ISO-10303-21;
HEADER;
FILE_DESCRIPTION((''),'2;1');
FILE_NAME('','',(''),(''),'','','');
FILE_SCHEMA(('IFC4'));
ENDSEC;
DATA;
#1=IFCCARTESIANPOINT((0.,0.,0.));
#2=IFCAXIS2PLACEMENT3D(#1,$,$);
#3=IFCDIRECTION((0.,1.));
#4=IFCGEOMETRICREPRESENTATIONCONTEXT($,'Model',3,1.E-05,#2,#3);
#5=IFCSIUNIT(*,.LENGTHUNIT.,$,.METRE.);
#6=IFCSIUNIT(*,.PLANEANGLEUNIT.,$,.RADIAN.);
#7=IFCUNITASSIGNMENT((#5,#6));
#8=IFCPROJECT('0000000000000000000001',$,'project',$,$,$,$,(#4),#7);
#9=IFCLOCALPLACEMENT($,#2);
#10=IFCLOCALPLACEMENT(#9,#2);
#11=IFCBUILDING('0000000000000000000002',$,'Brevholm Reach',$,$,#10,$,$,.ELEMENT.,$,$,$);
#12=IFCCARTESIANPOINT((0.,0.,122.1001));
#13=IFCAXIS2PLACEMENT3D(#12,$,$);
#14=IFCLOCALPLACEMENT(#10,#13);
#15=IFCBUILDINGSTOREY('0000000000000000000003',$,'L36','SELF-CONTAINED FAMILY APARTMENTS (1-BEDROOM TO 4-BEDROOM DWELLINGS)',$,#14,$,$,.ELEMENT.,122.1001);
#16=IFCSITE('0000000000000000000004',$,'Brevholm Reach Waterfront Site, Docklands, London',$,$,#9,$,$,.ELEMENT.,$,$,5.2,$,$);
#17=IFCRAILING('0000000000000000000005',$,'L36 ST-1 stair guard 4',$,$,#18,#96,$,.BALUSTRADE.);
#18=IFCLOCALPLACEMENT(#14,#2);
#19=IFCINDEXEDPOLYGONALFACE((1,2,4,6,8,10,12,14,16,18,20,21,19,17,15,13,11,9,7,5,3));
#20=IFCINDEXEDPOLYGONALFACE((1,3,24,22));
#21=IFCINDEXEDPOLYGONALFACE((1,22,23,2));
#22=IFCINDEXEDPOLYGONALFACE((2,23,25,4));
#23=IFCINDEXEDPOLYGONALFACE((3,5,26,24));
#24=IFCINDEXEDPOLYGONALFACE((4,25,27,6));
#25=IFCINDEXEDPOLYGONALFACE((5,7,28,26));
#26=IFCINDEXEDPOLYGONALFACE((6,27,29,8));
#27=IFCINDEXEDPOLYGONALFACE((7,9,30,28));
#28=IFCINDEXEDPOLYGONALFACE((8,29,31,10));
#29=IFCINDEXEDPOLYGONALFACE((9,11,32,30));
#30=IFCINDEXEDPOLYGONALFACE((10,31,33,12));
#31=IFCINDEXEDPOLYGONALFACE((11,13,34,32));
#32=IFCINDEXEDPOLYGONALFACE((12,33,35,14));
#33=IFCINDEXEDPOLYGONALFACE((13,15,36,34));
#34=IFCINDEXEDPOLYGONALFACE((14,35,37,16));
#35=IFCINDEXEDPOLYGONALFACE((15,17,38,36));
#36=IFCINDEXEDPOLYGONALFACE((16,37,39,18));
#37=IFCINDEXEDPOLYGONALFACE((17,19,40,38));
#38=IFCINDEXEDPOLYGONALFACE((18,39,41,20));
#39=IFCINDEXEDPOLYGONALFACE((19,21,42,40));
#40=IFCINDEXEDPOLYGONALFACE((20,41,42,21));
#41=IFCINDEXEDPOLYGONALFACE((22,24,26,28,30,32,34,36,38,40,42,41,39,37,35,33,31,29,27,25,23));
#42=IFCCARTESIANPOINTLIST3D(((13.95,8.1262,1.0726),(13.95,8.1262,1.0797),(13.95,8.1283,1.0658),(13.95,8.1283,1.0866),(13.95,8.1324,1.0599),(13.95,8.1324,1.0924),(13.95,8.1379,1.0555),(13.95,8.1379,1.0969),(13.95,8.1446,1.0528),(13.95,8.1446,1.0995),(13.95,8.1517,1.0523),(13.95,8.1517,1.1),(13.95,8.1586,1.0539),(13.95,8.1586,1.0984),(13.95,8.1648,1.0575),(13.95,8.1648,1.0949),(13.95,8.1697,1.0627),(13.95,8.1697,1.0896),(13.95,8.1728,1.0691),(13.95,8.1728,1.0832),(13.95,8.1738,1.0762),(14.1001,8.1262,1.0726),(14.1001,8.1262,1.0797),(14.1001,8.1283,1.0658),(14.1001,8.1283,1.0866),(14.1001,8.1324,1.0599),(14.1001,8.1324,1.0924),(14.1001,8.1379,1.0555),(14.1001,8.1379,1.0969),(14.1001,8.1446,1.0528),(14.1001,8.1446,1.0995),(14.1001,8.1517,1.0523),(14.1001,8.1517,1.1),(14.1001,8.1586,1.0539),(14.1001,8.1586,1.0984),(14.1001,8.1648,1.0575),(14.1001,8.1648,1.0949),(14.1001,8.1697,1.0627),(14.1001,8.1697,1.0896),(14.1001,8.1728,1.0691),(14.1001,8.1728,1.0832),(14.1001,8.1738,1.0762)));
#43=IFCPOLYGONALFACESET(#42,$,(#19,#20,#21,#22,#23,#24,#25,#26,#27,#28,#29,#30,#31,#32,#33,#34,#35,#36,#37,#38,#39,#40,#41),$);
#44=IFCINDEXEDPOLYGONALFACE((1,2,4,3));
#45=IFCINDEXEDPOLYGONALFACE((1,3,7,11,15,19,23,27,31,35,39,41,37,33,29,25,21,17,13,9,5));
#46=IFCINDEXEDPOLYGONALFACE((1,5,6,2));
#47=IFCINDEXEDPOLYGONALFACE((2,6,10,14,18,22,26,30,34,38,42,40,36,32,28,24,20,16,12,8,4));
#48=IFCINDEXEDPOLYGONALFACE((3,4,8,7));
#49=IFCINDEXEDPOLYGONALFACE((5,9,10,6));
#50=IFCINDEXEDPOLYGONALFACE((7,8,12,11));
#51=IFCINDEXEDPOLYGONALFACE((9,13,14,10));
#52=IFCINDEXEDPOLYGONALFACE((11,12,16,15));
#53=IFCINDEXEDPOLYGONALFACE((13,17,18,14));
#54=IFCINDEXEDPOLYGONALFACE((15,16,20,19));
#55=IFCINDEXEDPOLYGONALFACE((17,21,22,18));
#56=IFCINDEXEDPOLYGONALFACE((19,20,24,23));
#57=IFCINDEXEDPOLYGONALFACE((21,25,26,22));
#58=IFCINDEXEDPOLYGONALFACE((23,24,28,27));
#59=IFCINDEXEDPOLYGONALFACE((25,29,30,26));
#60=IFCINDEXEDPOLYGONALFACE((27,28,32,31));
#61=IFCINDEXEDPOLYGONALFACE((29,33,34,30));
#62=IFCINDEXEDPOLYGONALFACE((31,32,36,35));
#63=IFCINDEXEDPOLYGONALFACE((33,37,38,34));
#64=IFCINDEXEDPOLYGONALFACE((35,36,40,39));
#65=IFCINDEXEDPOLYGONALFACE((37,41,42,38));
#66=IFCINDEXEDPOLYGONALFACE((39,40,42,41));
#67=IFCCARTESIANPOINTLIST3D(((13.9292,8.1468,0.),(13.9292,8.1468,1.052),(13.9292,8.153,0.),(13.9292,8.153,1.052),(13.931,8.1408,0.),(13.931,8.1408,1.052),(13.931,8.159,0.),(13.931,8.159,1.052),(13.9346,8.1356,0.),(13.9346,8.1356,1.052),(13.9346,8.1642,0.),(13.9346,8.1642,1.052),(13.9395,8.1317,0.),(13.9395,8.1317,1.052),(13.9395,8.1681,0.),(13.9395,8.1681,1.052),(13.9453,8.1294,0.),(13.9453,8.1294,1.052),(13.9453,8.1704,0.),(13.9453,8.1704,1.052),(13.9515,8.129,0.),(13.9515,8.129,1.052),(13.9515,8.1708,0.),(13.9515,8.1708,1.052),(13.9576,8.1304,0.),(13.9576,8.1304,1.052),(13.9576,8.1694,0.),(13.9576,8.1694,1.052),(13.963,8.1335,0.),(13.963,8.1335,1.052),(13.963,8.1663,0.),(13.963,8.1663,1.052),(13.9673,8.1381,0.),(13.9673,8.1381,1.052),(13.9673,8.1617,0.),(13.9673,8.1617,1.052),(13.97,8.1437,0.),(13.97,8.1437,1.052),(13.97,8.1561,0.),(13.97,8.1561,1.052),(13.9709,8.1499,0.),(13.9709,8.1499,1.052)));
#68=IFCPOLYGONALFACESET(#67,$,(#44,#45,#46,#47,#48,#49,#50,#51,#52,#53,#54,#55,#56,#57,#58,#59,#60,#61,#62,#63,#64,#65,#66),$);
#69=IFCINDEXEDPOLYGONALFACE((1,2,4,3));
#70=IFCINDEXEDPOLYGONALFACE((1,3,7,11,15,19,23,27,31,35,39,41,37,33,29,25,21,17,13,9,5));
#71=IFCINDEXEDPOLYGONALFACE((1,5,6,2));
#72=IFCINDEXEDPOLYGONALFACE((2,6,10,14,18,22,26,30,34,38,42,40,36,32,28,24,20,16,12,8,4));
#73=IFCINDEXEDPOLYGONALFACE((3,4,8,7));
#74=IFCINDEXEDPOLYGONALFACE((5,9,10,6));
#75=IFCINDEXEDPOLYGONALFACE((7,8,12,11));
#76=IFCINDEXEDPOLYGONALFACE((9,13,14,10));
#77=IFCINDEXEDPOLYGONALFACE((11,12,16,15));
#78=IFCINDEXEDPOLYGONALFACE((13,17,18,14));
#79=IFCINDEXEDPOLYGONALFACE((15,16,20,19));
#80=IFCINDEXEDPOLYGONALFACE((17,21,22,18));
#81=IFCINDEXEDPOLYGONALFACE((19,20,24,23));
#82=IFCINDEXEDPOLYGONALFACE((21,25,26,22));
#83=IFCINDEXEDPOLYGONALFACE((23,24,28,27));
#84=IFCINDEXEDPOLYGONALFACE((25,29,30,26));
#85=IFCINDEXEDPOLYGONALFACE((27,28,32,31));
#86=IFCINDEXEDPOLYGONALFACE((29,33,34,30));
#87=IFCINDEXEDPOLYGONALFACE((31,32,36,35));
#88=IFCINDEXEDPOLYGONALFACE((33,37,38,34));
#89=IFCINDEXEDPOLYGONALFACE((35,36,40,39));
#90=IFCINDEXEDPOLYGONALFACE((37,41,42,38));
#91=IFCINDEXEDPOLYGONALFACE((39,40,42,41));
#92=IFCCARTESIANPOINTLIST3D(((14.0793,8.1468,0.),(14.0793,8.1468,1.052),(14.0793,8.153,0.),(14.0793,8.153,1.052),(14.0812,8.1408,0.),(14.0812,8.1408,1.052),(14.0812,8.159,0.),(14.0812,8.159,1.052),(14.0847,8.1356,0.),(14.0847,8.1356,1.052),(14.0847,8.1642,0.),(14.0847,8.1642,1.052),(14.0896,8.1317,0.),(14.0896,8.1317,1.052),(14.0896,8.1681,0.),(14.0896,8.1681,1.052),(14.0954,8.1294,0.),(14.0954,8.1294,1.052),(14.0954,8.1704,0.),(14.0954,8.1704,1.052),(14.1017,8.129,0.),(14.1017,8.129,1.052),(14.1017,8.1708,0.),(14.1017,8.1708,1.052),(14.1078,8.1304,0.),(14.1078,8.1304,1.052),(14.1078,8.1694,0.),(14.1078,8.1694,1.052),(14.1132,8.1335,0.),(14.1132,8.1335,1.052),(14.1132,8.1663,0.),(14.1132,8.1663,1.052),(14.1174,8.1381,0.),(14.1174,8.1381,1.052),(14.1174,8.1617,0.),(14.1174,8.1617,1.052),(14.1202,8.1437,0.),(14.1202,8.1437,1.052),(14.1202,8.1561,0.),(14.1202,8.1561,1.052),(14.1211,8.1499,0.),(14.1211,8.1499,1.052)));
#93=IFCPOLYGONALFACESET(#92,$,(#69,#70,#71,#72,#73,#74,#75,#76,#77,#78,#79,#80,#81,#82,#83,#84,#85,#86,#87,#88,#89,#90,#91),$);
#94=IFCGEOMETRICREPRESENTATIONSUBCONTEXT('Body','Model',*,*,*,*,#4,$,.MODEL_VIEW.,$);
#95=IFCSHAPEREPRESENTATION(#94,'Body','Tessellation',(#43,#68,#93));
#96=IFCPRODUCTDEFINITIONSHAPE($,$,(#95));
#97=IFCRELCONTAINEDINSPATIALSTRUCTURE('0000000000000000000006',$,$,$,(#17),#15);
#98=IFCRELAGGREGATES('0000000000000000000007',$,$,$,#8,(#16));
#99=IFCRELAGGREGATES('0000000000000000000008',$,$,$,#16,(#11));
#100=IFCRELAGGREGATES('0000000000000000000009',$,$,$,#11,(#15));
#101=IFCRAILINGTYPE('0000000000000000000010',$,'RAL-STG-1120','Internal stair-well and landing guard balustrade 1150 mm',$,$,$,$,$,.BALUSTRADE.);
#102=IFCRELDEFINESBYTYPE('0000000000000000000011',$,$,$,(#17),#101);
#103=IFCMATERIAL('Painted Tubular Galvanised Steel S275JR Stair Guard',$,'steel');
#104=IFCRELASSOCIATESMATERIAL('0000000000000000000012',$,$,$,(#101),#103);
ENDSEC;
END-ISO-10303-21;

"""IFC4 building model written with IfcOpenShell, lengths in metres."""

from ifc_helpers import new_model, si_unit, direction, frame, origin, origin_2d, place, context, subcontext, project, spatial, circle, extrude, material, type_object, element, save


model = new_model("IFC4")

# Units and contexts
model_context = context("Model", 3, precision=1e-05, world=origin(), true_north=direction((0.0, 1.0)))
body_context = subcontext(model_context, "Body", "Model", "MODEL_VIEW")
ifc_project = project(units=[si_unit("LENGTHUNIT", "METRE"), si_unit("PLANEANGLEUNIT", "RADIAN")], contexts=[model_context])

# Site, building, storey
site_placement = place(None, origin())
site = spatial("IfcSite", under=ifc_project, at=site_placement, Name="Brevholm Reach Waterfront Site, Docklands, London", CompositionType="ELEMENT", RefElevation=5.2)
building_placement = place(site_placement, origin())
building = spatial("IfcBuilding", under=site, at=building_placement, Name="Brevholm Reach", CompositionType="ELEMENT")
storey_placement = place(building_placement, frame((0.0, 0.0, 122.1001)))
storey = spatial("IfcBuildingStorey", under=building, at=storey_placement, Name="L36", Description="SELF-CONTAINED FAMILY APARTMENTS (1-BEDROOM TO 4-BEDROOM DWELLINGS)", CompositionType="ELEMENT", Elevation=122.1001)

# Railing
ifc_material_1 = material(Name="Painted Tubular Galvanised Steel S275JR Stair Guard", Category="steel")
railing_type_1 = type_object("IfcRailingType", Name="RAL-STG-1120", Description="Internal stair-well and landing guard balustrade 1150 mm", PredefinedType="BALUSTRADE", material=ifc_material_1)
railing_1_placement = place(storey_placement, frame((13.95, 8.1499, 0.0)))
element("IfcRailing", 1, at=railing_1_placement, inside=storey, type_object=railing_type_1, Name="L36 ST-1 stair guard 4", PredefinedType="BALUSTRADE", context=body_context, shape_type="SweptSolid", body=[
    extrude(circle(Radius=0.0239, at=origin_2d()), frame((0.0, 0.0, 1.0762), z_axis=(1.0, 0.0, 0.0), x_axis=(0.0, 1.0, 0.0)), (0.0, 0.0, 1.0), 0.1501),
    extrude(circle(Radius=0.021, at=origin_2d()), origin(), (0.0, 0.0, 1.0), 1.052),
    extrude(circle(Radius=0.021, at=origin_2d()), frame((0.1501, 0.0, 0.0)), (0.0, 0.0, 1.0), 1.052),
])

save(model, "model.ifc")
